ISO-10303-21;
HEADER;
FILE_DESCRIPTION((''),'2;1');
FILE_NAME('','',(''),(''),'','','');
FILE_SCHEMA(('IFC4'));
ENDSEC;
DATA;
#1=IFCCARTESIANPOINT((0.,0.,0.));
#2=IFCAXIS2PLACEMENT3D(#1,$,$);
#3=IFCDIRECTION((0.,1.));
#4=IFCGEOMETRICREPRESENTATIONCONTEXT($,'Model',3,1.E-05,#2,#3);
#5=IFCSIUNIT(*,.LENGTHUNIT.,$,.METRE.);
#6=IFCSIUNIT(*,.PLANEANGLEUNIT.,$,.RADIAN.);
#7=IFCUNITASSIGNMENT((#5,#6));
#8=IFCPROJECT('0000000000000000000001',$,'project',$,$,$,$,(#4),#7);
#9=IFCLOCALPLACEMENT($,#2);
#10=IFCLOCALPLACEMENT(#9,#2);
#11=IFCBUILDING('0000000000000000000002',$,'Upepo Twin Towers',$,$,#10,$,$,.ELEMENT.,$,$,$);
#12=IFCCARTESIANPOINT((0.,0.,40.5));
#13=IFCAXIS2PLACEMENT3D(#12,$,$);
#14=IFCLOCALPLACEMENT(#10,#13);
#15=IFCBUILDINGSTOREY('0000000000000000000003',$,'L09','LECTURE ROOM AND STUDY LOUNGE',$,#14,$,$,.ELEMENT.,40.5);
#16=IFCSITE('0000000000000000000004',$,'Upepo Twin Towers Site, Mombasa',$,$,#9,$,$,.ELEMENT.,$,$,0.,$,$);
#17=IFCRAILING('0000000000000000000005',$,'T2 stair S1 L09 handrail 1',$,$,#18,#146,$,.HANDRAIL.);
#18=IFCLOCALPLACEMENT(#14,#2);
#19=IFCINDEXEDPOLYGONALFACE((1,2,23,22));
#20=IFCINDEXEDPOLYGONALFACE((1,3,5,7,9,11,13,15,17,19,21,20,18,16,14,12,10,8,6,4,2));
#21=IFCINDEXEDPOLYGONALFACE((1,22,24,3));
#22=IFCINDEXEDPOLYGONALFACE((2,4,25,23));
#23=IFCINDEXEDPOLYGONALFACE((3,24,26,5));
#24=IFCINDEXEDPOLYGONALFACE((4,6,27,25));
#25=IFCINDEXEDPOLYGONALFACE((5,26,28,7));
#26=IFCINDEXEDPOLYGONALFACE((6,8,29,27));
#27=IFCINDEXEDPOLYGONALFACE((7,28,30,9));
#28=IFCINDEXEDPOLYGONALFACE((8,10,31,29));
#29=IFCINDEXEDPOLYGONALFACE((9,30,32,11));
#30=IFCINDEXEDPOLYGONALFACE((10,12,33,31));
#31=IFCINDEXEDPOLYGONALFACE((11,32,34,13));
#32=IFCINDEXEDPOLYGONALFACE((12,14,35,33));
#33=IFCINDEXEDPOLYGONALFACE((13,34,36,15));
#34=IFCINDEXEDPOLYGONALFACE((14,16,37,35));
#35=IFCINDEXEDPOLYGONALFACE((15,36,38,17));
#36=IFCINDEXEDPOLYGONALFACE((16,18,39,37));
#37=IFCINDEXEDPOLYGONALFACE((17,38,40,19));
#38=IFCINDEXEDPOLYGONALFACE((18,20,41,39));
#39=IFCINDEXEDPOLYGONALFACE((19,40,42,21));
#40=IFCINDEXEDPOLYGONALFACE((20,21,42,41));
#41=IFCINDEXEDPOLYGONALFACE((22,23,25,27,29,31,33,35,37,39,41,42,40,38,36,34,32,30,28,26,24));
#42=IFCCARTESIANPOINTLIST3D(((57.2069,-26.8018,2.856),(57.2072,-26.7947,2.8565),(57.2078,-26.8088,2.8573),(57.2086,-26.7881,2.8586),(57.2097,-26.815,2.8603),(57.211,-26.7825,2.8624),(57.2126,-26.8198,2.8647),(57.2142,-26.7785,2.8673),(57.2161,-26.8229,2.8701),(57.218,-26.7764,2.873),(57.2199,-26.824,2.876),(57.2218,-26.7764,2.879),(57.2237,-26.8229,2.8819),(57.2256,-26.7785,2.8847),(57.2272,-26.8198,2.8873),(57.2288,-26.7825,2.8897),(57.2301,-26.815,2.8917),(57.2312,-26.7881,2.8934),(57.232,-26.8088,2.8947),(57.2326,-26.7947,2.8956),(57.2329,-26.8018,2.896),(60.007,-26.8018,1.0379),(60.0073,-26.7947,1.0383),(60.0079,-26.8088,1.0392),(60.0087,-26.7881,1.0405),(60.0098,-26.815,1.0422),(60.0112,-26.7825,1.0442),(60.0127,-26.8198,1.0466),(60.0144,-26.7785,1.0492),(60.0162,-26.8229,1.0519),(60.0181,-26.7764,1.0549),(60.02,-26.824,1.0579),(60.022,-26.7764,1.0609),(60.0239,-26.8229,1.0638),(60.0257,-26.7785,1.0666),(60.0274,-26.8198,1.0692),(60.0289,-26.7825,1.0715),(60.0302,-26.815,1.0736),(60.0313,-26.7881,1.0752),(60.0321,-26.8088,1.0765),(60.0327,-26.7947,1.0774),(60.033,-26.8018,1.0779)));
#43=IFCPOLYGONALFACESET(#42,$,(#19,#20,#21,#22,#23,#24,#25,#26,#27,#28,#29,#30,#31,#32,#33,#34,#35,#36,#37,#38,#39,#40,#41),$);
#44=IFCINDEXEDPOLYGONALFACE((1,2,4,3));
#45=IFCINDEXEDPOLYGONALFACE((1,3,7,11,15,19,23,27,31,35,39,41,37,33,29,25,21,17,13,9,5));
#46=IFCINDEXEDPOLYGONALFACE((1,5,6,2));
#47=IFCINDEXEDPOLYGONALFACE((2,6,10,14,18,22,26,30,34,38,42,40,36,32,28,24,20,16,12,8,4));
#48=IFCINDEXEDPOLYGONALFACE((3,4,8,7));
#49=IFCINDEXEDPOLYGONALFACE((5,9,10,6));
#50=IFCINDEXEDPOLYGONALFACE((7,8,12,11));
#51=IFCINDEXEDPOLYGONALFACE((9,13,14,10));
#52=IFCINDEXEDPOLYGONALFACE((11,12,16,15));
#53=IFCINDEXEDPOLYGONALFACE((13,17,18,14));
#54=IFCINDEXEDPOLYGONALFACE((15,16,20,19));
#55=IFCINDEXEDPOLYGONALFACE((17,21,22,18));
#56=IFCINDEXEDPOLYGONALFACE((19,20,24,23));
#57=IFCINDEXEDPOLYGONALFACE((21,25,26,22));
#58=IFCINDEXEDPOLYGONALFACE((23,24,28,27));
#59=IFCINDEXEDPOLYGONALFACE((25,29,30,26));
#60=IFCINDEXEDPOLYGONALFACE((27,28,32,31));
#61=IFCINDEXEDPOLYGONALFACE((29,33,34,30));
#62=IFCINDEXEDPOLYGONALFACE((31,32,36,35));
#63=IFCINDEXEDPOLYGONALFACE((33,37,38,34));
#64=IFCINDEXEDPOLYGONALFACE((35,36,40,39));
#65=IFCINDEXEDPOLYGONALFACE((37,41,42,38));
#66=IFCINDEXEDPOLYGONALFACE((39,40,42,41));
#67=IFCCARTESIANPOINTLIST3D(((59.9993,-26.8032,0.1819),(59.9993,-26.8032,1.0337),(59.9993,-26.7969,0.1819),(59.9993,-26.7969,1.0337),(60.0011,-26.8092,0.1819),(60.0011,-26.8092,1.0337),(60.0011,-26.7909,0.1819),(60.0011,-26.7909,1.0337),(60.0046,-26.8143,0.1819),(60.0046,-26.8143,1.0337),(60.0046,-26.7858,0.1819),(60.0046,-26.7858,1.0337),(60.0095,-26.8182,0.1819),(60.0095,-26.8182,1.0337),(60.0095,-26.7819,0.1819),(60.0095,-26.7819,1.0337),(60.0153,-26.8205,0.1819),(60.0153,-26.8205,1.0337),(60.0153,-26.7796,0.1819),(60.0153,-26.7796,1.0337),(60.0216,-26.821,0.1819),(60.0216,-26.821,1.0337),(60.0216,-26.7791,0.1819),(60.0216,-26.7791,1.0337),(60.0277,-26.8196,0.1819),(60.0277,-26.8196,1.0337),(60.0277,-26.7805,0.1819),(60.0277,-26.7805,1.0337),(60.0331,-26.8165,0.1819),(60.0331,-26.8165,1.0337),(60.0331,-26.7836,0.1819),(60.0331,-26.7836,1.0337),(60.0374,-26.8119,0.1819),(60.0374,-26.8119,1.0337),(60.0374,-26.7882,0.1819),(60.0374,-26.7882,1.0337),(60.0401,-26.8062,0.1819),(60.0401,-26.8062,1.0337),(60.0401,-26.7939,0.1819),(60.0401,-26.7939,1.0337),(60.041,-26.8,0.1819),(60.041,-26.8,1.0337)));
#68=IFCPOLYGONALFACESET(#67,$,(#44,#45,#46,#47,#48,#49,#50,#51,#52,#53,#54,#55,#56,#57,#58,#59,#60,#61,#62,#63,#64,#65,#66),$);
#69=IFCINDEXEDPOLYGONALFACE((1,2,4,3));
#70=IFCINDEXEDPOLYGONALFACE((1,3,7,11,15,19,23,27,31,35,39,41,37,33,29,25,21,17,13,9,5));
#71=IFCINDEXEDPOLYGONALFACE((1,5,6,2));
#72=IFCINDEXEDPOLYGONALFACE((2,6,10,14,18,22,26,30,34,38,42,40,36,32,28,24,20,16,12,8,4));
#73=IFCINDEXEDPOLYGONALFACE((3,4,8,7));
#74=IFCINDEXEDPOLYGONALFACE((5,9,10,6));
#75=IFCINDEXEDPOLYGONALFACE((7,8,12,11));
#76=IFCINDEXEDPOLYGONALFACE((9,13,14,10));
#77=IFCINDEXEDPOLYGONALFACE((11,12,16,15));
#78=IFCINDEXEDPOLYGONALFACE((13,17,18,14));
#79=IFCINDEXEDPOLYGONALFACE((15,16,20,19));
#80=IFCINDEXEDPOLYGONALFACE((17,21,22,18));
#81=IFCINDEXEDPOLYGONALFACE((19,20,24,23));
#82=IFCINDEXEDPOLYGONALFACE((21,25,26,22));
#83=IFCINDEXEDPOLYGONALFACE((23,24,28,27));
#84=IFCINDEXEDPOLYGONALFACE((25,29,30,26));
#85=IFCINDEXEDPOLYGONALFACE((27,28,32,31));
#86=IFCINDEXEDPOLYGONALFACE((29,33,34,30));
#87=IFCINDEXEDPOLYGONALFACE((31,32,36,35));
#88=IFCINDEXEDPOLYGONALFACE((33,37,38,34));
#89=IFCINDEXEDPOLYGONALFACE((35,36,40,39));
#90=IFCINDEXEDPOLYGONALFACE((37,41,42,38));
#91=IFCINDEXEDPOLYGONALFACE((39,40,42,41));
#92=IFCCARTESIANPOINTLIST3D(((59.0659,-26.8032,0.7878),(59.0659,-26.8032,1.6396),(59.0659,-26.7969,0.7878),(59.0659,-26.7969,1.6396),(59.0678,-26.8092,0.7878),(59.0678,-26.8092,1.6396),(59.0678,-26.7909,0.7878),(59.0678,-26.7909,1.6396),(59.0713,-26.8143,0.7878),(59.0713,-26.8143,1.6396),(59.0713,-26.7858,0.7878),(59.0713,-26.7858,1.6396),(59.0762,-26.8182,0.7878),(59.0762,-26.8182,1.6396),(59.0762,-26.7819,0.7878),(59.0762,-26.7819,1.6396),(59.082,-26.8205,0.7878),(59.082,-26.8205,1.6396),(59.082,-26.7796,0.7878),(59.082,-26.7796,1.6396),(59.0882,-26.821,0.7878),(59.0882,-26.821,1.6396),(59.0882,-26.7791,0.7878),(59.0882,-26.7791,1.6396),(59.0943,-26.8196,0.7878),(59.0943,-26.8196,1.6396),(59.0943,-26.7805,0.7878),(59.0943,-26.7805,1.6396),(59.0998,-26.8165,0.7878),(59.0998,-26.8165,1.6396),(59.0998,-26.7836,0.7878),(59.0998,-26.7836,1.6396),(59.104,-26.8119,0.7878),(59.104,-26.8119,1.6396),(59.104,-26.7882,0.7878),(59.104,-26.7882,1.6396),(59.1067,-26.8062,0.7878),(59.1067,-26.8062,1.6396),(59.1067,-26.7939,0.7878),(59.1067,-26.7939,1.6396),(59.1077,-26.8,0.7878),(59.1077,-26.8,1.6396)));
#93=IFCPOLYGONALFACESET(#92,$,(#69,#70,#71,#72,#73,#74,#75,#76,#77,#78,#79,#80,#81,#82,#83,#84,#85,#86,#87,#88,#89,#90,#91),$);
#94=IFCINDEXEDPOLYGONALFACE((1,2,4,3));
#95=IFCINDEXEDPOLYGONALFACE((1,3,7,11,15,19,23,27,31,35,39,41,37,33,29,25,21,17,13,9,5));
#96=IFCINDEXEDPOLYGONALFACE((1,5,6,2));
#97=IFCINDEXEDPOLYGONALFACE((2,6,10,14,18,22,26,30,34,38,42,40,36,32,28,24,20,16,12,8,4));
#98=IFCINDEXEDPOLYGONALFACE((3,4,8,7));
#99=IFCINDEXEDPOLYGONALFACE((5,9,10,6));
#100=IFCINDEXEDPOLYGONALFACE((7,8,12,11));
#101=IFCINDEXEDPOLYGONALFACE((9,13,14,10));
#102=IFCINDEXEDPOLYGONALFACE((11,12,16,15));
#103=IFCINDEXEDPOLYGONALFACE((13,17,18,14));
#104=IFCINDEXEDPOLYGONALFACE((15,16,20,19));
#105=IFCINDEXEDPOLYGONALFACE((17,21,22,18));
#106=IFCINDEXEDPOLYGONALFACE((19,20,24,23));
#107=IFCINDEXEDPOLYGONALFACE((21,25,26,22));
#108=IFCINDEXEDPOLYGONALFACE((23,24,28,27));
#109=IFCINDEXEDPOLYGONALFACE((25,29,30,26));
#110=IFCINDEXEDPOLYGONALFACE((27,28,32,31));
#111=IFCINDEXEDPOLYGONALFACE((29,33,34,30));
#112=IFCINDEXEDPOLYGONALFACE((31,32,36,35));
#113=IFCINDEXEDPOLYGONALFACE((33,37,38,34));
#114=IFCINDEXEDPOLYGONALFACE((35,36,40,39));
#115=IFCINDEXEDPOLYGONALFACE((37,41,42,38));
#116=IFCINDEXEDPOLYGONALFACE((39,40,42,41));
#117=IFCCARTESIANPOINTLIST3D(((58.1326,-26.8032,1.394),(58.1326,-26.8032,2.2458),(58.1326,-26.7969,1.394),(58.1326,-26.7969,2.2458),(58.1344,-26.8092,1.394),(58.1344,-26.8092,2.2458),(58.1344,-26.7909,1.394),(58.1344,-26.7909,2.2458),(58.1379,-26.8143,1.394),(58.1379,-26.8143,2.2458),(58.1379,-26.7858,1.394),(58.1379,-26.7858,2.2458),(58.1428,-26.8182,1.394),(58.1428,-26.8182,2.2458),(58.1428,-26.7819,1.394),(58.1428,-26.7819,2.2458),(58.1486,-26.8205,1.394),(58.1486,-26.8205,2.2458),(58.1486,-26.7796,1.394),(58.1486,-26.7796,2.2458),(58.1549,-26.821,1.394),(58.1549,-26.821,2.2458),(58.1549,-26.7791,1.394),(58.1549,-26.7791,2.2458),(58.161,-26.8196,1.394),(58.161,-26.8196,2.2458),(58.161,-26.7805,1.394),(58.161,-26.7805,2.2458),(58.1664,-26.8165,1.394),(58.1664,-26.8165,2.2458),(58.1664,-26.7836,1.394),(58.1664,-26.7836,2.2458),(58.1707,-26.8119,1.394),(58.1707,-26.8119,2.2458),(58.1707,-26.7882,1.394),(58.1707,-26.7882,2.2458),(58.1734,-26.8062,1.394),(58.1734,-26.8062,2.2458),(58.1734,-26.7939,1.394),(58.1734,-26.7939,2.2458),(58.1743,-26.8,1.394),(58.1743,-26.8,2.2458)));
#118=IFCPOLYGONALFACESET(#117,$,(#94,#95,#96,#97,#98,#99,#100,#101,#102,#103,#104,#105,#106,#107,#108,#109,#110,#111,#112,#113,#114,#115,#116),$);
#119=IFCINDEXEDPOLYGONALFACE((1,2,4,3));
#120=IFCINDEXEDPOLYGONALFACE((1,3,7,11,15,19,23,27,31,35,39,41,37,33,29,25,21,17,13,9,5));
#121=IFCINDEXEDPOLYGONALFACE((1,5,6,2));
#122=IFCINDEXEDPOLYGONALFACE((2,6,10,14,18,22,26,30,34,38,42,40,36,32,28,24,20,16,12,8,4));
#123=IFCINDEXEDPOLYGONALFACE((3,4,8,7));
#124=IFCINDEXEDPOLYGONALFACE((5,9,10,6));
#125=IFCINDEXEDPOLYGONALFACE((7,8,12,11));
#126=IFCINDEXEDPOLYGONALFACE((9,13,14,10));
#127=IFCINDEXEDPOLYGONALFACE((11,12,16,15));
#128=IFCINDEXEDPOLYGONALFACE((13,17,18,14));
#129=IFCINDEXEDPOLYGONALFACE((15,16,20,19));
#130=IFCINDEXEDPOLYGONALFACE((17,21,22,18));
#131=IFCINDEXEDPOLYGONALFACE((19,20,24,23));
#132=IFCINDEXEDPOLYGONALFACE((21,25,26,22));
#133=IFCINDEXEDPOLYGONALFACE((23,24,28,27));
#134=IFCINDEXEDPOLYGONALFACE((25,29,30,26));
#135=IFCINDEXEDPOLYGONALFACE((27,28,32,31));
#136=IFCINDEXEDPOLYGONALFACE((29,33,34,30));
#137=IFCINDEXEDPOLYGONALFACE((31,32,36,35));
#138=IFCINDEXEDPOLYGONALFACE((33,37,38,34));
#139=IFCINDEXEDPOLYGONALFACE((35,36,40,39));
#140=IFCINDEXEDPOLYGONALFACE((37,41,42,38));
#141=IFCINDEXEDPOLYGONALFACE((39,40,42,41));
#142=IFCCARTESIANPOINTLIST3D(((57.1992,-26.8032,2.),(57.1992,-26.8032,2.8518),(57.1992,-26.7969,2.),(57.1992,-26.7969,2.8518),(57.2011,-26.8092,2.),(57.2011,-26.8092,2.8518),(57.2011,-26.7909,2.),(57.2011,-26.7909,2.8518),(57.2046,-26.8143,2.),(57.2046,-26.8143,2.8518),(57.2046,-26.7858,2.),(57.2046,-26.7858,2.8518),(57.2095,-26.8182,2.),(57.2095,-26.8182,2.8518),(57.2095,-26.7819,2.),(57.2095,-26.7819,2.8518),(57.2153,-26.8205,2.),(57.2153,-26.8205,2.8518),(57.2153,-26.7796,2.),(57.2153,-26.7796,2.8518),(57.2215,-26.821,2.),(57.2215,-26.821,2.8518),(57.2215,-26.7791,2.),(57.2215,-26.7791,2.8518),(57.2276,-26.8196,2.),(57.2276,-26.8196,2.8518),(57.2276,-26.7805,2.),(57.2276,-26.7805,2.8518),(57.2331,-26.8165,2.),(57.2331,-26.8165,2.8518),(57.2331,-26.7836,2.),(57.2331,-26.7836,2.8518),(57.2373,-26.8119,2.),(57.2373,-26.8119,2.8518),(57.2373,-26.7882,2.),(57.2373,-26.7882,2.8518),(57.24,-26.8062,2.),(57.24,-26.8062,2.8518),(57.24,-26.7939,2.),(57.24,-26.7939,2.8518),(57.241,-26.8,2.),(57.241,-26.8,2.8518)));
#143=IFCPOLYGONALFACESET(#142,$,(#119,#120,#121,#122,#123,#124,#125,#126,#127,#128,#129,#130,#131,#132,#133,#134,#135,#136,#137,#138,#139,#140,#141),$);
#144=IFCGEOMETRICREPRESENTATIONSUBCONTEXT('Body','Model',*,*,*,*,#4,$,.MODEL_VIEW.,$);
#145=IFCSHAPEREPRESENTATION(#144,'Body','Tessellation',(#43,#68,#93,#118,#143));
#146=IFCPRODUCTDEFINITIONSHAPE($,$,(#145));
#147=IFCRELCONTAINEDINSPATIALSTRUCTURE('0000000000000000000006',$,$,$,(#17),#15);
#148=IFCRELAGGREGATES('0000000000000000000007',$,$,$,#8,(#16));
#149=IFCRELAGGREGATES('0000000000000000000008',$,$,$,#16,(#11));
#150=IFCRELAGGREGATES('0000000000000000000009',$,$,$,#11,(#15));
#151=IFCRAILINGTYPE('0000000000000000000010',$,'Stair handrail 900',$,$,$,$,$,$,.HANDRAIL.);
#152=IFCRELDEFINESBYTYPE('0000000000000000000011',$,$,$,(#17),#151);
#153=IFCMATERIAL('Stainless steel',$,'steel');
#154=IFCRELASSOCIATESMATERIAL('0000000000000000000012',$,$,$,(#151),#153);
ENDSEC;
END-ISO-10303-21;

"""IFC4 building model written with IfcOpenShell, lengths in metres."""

from ifc_helpers import new_model, si_unit, direction, frame, origin, origin_2d, place, context, subcontext, project, spatial, circle, extrude, material, type_object, element, save


model = new_model("IFC4")

# Units and contexts
model_context = context("Model", 3, precision=1e-05, world=origin(), true_north=direction((0.0, 1.0)))
body_context = subcontext(model_context, "Body", "Model", "MODEL_VIEW")
ifc_project = project(units=[si_unit("LENGTHUNIT", "METRE"), si_unit("PLANEANGLEUNIT", "RADIAN")], contexts=[model_context])

# Site, building, storey
site_placement = place(None, origin())
site = spatial("IfcSite", under=ifc_project, at=site_placement, Name="Upepo Twin Towers Site, Mombasa", CompositionType="ELEMENT", RefElevation=0.0)
building_placement = place(site_placement, origin())
building = spatial("IfcBuilding", under=site, at=building_placement, Name="Upepo Twin Towers", CompositionType="ELEMENT")
storey_placement = place(building_placement, frame((0.0, 0.0, 40.5)))
storey = spatial("IfcBuildingStorey", under=building, at=storey_placement, Name="L09", Description="LECTURE ROOM AND STUDY LOUNGE", CompositionType="ELEMENT", Elevation=40.5)

# Railing
ifc_material_1 = material(Name="Stainless steel", Category="steel")
railing_type = type_object("IfcRailingType", Name="Stair handrail 900", PredefinedType="HANDRAIL", material=ifc_material_1)
railing_placement = place(storey_placement, frame((60.02, -26.8, 0.1819)))
element("IfcRailing", 1, at=railing_placement, inside=storey, type_object=railing_type, Name="T2 stair S1 L09 handrail 1", PredefinedType="HANDRAIL", context=body_context, shape_type="SweptSolid", body=[
    extrude(circle(Radius=0.0239, at=origin_2d()), frame((0.0, 0.0, 0.876), z_axis=(-0.838706, 0.0, 0.544585), x_axis=(0.0, -1.0, 0.0)), (0.0, 0.0, 1.0), 3.3386),
    extrude(circle(Radius=0.021, at=origin_2d()), origin(), (0.0, 0.0, 1.0), 0.8518),
    extrude(circle(Radius=0.021, at=origin_2d()), frame((-0.9333, 0.0, 0.606)), (0.0, 0.0, 1.0), 0.8518),
    extrude(circle(Radius=0.021, at=origin_2d()), frame((-1.8667, 0.0, 1.2122)), (0.0, 0.0, 1.0), 0.8518),
    extrude(circle(Radius=0.021, at=origin_2d()), frame((-2.8, 0.0, 1.8181)), (0.0, 0.0, 1.0), 0.8518),
])

save(model, "model.ifc")
